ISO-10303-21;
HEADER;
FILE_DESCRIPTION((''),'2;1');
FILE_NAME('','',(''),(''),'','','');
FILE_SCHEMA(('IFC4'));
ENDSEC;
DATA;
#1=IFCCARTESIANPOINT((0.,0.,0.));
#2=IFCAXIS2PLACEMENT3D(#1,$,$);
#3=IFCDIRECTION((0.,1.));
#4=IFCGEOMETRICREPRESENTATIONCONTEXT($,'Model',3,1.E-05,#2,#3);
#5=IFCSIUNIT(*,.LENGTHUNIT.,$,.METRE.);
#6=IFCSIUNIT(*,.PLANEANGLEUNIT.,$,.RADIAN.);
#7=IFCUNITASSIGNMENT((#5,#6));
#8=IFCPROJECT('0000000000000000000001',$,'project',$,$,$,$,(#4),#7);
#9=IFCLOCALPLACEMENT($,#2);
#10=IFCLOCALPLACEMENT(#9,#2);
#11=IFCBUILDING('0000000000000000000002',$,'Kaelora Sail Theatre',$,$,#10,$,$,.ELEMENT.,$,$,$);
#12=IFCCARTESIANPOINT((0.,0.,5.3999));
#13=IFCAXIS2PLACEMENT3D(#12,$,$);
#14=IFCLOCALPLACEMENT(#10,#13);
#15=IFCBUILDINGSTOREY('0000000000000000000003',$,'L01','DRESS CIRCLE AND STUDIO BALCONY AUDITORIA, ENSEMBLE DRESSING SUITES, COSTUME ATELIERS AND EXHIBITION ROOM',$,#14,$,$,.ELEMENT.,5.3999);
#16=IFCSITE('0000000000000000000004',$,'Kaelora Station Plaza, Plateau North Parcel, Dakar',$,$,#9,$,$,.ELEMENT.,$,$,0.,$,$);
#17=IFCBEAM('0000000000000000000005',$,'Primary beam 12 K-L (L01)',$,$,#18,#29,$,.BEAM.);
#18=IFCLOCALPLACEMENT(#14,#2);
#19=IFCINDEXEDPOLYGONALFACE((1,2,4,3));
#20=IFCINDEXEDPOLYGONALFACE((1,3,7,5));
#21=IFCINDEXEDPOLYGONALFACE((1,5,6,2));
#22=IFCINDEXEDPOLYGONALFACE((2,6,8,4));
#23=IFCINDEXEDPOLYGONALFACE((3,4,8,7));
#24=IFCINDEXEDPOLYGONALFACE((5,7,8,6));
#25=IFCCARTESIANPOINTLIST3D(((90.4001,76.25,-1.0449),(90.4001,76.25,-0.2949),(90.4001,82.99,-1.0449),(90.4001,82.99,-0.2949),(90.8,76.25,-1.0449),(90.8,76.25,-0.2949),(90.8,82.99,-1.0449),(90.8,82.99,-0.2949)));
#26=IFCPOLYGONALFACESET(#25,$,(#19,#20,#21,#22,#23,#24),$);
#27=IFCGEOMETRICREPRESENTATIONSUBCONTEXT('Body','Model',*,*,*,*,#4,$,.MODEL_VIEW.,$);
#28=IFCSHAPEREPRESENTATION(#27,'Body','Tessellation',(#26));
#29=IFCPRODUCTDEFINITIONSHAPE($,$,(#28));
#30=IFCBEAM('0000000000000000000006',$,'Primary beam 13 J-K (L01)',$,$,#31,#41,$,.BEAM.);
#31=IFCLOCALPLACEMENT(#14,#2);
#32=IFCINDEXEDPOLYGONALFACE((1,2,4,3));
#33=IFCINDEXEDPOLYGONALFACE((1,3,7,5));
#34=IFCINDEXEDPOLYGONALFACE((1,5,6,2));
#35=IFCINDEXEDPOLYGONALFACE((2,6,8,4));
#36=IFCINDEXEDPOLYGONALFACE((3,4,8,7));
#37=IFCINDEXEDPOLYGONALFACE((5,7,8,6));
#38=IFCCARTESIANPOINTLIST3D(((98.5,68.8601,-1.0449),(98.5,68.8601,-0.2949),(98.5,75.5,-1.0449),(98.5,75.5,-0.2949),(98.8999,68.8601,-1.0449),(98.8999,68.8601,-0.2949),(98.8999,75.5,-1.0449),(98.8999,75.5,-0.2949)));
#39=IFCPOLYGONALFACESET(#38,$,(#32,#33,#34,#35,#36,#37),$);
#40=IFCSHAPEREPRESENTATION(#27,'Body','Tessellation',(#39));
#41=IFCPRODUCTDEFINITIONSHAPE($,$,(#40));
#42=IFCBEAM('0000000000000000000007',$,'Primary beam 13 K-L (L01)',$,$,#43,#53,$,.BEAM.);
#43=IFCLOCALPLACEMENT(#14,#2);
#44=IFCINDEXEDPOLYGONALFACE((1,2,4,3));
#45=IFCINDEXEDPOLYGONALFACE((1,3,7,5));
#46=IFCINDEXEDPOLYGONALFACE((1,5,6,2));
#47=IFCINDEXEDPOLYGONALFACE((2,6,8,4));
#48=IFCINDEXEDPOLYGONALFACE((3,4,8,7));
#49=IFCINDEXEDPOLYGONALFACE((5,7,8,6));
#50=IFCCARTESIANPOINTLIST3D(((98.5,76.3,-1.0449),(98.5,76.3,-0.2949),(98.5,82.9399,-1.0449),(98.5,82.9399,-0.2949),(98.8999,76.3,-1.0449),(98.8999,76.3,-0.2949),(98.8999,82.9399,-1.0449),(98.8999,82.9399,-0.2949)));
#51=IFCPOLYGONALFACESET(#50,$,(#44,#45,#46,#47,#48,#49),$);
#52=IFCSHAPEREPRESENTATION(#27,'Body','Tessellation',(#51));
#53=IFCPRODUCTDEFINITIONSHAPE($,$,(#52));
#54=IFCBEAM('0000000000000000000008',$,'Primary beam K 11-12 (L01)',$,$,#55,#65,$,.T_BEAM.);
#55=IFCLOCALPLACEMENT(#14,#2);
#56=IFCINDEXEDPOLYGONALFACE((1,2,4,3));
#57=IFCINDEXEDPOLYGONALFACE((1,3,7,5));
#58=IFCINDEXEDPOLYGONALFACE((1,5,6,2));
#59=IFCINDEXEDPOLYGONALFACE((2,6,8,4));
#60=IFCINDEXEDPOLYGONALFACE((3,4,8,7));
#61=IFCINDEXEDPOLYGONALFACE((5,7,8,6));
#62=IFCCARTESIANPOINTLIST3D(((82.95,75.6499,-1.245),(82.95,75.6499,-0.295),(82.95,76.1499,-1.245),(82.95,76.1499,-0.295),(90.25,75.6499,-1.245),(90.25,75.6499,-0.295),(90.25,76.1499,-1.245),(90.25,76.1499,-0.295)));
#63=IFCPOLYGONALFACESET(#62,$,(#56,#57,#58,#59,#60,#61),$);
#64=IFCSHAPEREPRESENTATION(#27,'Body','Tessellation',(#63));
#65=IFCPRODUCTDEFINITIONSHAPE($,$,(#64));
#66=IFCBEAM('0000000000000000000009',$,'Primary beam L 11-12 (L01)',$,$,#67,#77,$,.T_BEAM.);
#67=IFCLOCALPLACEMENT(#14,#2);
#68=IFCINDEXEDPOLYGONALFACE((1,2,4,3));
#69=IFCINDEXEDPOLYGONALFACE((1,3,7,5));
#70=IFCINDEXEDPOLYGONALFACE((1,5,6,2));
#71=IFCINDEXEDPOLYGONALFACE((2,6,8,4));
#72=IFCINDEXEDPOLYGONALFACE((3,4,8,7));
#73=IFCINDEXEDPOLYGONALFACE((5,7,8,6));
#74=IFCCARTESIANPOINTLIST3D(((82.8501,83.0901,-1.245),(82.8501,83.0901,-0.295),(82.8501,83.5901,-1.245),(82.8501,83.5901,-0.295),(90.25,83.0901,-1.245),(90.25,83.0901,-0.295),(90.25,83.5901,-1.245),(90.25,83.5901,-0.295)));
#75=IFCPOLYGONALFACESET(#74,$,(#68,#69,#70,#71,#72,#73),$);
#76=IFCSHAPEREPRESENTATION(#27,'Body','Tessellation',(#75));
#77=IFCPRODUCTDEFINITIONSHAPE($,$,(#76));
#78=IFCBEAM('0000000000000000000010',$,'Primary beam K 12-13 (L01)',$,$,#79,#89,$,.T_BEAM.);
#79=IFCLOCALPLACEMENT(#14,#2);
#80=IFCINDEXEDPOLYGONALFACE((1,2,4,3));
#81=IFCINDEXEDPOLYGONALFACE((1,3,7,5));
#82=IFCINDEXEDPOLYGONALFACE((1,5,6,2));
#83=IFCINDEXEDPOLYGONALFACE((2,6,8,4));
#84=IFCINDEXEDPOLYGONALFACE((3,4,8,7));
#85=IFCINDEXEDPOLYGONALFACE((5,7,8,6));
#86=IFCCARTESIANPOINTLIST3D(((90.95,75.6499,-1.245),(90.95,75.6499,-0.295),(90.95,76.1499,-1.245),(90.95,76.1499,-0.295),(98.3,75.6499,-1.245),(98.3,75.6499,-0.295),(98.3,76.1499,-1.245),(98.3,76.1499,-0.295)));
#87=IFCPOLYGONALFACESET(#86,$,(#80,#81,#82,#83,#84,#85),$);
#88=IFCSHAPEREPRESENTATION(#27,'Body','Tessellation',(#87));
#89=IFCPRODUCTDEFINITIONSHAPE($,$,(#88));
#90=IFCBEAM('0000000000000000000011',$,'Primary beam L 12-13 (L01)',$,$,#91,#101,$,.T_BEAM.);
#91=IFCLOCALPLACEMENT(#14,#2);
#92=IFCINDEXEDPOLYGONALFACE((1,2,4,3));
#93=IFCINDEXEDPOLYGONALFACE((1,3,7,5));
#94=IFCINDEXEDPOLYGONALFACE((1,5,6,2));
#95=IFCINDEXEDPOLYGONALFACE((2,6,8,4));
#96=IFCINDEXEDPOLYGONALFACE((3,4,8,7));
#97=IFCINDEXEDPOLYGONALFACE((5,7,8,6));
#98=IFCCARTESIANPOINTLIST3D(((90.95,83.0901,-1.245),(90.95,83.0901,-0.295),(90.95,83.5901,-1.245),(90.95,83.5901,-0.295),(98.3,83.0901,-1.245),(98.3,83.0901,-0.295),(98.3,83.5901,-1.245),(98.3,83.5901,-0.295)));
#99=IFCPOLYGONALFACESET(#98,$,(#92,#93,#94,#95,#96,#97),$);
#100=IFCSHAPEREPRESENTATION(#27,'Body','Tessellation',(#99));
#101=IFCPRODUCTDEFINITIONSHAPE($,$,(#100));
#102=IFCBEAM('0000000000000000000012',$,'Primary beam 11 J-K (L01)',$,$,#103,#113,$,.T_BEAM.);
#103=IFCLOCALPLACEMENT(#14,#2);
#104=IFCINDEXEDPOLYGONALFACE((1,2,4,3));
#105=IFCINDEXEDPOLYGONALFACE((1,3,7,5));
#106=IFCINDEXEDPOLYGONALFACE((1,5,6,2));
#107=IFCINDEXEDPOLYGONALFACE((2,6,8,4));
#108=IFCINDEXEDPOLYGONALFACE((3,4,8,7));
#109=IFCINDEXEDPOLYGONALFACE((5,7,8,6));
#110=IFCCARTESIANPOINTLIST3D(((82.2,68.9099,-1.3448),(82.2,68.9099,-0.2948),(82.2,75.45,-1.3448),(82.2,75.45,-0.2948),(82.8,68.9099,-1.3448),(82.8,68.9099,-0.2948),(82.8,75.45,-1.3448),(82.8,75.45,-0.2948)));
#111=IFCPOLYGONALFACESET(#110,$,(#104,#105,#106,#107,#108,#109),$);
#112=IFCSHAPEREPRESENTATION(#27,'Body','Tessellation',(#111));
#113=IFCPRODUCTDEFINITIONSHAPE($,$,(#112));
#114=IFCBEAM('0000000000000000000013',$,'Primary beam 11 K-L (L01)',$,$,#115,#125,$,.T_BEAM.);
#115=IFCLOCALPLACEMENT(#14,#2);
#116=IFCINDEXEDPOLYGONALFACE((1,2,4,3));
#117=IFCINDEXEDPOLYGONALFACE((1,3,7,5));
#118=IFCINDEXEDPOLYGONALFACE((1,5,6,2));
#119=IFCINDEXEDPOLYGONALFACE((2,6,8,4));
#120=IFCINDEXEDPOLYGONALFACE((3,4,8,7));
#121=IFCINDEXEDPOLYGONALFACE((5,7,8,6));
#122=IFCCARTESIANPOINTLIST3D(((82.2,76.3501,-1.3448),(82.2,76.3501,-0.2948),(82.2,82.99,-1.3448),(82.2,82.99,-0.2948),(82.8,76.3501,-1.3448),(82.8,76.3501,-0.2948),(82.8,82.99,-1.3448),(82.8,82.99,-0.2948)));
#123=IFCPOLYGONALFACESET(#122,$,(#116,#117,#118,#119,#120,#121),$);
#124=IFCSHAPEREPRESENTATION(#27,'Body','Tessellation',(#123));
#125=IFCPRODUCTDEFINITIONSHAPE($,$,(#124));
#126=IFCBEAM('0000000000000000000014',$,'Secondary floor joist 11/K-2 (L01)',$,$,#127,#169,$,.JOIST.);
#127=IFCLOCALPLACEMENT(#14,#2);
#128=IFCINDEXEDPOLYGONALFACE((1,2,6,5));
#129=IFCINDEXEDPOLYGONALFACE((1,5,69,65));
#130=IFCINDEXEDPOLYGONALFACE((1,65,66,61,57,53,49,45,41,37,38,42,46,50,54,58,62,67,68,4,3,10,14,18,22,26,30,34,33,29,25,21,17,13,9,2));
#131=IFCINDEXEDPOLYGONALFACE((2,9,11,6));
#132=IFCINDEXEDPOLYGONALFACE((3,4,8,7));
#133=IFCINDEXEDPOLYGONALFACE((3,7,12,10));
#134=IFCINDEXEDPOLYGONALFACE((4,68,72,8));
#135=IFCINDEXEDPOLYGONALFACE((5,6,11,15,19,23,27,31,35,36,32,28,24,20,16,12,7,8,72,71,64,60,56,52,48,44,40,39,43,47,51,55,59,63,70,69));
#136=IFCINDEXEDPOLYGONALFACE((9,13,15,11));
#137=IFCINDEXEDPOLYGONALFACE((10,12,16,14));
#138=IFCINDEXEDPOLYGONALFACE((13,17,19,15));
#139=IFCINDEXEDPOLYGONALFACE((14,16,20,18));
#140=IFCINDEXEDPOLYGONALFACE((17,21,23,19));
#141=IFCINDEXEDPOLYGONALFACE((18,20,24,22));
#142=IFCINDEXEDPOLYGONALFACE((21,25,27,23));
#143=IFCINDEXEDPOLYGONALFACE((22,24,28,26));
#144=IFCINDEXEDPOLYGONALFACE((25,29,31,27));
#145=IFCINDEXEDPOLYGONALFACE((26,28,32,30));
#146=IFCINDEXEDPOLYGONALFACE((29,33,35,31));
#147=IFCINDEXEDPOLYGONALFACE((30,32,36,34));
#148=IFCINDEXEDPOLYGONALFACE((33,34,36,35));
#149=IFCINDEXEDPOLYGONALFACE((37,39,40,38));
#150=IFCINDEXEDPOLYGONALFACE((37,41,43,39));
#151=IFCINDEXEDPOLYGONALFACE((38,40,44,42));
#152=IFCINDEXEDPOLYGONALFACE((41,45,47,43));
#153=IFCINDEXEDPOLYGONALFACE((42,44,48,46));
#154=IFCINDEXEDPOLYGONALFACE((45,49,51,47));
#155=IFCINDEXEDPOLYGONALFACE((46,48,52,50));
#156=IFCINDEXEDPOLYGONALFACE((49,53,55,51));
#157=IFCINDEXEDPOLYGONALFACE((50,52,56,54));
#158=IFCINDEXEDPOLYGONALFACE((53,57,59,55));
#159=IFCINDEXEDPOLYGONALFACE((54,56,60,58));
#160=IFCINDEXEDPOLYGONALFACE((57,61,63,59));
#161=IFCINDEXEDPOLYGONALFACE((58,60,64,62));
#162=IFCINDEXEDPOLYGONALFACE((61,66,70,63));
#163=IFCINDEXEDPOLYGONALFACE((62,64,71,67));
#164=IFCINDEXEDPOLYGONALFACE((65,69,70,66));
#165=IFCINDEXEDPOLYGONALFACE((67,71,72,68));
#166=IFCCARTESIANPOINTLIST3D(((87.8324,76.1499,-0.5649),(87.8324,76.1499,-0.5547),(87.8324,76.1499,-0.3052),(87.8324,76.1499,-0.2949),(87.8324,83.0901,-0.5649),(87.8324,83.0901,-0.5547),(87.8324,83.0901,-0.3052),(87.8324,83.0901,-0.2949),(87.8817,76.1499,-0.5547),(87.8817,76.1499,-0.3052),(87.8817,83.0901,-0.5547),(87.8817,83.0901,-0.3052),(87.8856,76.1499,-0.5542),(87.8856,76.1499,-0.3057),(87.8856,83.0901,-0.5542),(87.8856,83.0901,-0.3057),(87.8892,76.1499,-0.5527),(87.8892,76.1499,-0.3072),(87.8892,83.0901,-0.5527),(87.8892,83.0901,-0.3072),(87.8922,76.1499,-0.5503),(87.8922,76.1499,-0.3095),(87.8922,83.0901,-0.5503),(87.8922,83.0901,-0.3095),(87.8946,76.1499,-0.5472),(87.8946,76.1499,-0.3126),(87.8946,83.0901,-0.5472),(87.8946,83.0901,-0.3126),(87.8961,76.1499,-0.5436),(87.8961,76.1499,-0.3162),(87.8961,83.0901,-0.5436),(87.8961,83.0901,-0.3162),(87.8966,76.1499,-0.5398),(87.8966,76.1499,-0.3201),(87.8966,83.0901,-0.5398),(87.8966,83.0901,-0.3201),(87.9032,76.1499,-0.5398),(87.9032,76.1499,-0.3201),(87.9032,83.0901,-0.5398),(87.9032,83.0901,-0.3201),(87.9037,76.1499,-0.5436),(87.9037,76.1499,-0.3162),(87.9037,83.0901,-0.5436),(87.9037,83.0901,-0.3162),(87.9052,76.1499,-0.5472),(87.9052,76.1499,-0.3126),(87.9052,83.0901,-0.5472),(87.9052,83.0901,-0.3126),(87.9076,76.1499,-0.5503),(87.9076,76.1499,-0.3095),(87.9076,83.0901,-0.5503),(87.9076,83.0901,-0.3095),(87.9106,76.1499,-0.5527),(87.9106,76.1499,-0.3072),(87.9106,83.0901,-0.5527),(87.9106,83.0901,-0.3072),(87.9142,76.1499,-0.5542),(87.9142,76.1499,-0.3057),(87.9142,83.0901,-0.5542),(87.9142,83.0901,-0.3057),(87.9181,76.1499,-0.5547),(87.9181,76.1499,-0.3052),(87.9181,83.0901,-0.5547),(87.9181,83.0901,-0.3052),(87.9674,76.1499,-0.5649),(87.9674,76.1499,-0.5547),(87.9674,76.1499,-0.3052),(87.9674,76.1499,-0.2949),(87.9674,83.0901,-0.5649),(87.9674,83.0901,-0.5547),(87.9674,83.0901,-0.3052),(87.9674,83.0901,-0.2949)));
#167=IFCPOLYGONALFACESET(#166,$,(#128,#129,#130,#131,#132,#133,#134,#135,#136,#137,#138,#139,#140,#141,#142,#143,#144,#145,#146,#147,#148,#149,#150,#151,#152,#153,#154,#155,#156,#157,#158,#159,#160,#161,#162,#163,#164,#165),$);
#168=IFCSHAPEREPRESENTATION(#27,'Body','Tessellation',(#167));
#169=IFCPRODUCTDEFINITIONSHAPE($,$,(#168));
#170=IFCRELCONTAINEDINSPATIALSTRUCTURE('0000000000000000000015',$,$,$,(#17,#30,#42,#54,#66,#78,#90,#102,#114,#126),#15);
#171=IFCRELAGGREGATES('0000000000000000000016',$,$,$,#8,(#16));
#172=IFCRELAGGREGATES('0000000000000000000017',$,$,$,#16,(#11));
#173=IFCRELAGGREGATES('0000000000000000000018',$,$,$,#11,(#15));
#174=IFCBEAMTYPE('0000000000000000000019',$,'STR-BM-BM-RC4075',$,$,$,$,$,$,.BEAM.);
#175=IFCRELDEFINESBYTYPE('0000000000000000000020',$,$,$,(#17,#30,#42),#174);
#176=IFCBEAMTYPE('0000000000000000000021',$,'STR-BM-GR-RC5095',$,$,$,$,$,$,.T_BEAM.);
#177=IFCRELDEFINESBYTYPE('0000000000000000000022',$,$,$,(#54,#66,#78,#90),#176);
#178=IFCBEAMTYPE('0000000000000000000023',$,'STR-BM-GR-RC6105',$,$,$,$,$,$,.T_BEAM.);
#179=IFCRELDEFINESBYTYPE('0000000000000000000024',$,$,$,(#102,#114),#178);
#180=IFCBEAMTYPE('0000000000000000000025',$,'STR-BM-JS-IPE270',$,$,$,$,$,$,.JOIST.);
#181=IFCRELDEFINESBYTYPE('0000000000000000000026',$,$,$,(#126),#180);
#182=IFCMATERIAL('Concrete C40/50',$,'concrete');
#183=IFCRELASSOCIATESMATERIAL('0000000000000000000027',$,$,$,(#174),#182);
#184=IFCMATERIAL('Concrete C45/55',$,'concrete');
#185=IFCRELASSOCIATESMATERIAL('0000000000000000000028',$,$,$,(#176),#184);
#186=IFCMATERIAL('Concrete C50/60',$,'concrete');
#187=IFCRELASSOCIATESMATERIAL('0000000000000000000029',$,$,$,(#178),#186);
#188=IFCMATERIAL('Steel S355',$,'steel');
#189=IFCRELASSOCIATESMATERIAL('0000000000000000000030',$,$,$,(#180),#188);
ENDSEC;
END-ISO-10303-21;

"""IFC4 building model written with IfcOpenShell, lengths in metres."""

from ifc_helpers import new_model, si_unit, direction, frame, origin, origin_2d, place, context, subcontext, project, spatial, rectangle, i_section, extrude, material, material_profile, profile_set, type_object, element, save


model = new_model("IFC4")

# Units and contexts
model_context = context("Model", 3, precision=1e-05, world=origin(), true_north=direction((0.0, 1.0)))
body_context = subcontext(model_context, "Body", "Model", "MODEL_VIEW")
ifc_project = project(units=[si_unit("LENGTHUNIT", "METRE"), si_unit("PLANEANGLEUNIT", "RADIAN")], contexts=[model_context])

# Site, building, storey
site_placement = place(None, origin())
site = spatial("IfcSite", under=ifc_project, at=site_placement, Name="Kaelora Station Plaza, Plateau North Parcel, Dakar", CompositionType="ELEMENT", RefElevation=0.0)
building_placement = place(site_placement, origin())
building = spatial("IfcBuilding", under=site, at=building_placement, Name="Kaelora Sail Theatre", CompositionType="ELEMENT")
storey_placement = place(building_placement, frame((0.0, 0.0, 5.3999)))
storey = spatial("IfcBuildingStorey", under=building, at=storey_placement, Name="L01", Description="DRESS CIRCLE AND STUDIO BALCONY AUDITORIA, ENSEMBLE DRESSING SUITES, COSTUME ATELIERS AND EXHIBITION ROOM", CompositionType="ELEMENT", Elevation=5.3999)

# Beams
ifc_material_1 = material(Name="Concrete C40/50", Category="concrete")
ifc_material_profile_1 = material_profile(ifc_material_1, rectangle(XDim=0.3999, YDim=0.75, at=origin_2d()), Name="RC-BM 400x750")
ifc_profile_set_1 = profile_set([ifc_material_profile_1], Name="Concrete C40/50")
beam_type_1 = type_object("IfcBeamType", Name="STR-BM-BM-RC4075", PredefinedType="BEAM", material=ifc_profile_set_1)
for number, where, z_axis, x_axis, name in (
    (1, (90.6001, 76.25, -0.6699), (0.0, 1.0, 0.0), (-1.0, 0.0, 0.0), "Primary beam 12 K-L (L01)"),
):
    element("IfcBeam", number, at=place(storey_placement, frame(where, z_axis=z_axis, x_axis=x_axis)), inside=storey, type_object=beam_type_1, Name=name, PredefinedType="BEAM", context=body_context, shape_type="SweptSolid", body=[
        extrude(rectangle(XDim=0.3999, YDim=0.75, at=origin_2d()), origin(), (0.0, 0.0, 1.0), 6.74),
    ])
for number, where, z_axis, x_axis, name in (
    (2, (98.7, 68.8601, -0.6699), (0.0, 1.0, 0.0), (-1.0, 0.0, 0.0), "Primary beam 13 J-K (L01)"),
    (3, (98.7, 76.3, -0.6699), (0.0, 1.0, 0.0), (-1.0, 0.0, 0.0), "Primary beam 13 K-L (L01)"),
):
    element("IfcBeam", number, at=place(storey_placement, frame(where, z_axis=z_axis, x_axis=x_axis)), inside=storey, type_object=beam_type_1, Name=name, PredefinedType="BEAM", context=body_context, shape_type="SweptSolid", body=[
        extrude(rectangle(XDim=0.3999, YDim=0.75, at=origin_2d()), origin(), (0.0, 0.0, 1.0), 6.6399),
    ])
ifc_material_2 = material(Name="Concrete C45/55", Category="concrete")
ifc_material_profile_2 = material_profile(ifc_material_2, rectangle(XDim=0.5, YDim=0.95, at=origin_2d()), Name="RC-GRD 500x950")
ifc_profile_set_2 = profile_set([ifc_material_profile_2], Name="Concrete C45/55")
beam_type_2 = type_object("IfcBeamType", Name="STR-BM-GR-RC5095", PredefinedType="T_BEAM", material=ifc_profile_set_2)
beam_1_placement = place(storey_placement, frame((82.95, 75.8999, -0.77), z_axis=(1.0, 0.0, 0.0), x_axis=(0.0, 1.0, 0.0)))
element("IfcBeam", 4, at=beam_1_placement, inside=storey, type_object=beam_type_2, Name="Primary beam K 11-12 (L01)", PredefinedType="T_BEAM", context=body_context, shape_type="SweptSolid", body=[
    extrude(rectangle(XDim=0.5, YDim=0.95, at=origin_2d()), origin(), (0.0, 0.0, 1.0), 7.3),
])
beam_2_placement = place(storey_placement, frame((82.8501, 83.3401, -0.77), z_axis=(1.0, 0.0, 0.0), x_axis=(0.0, 1.0, 0.0)))
element("IfcBeam", 5, at=beam_2_placement, inside=storey, type_object=beam_type_2, Name="Primary beam L 11-12 (L01)", PredefinedType="T_BEAM", context=body_context, shape_type="SweptSolid", body=[
    extrude(rectangle(XDim=0.5, YDim=0.95, at=origin_2d()), origin(), (0.0, 0.0, 1.0), 7.3999),
])
for number, where, z_axis, x_axis, name in (
    (6, (90.95, 75.8999, -0.77), (1.0, 0.0, 0.0), (0.0, 1.0, 0.0), "Primary beam K 12-13 (L01)"),
    (7, (90.95, 83.3401, -0.77), (1.0, 0.0, 0.0), (0.0, 1.0, 0.0), "Primary beam L 12-13 (L01)"),
):
    element("IfcBeam", number, at=place(storey_placement, frame(where, z_axis=z_axis, x_axis=x_axis)), inside=storey, type_object=beam_type_2, Name=name, PredefinedType="T_BEAM", context=body_context, shape_type="SweptSolid", body=[
        extrude(rectangle(XDim=0.5, YDim=0.95, at=origin_2d()), origin(), (0.0, 0.0, 1.0), 7.3501),
    ])
ifc_material_3 = material(Name="Concrete C50/60", Category="concrete")
ifc_material_profile_3 = material_profile(ifc_material_3, rectangle(XDim=0.6001, YDim=1.05, at=origin_2d()), Name="RC-GRD 600x1050")
ifc_profile_set_3 = profile_set([ifc_material_profile_3], Name="Concrete C50/60")
beam_type_3 = type_object("IfcBeamType", Name="STR-BM-GR-RC6105", PredefinedType="T_BEAM", material=ifc_profile_set_3)
beam_3_placement = place(storey_placement, frame((82.5, 68.9099, -0.8198), z_axis=(0.0, 1.0, 0.0), x_axis=(-1.0, 0.0, 0.0)))
element("IfcBeam", 8, at=beam_3_placement, inside=storey, type_object=beam_type_3, Name="Primary beam 11 J-K (L01)", PredefinedType="T_BEAM", context=body_context, shape_type="SweptSolid", body=[
    extrude(rectangle(XDim=0.6001, YDim=1.05, at=origin_2d()), origin(), (0.0, 0.0, 1.0), 6.54),
])
beam_4_placement = place(storey_placement, frame((82.5, 76.3501, -0.8198), z_axis=(0.0, 1.0, 0.0), x_axis=(-1.0, 0.0, 0.0)))
element("IfcBeam", 9, at=beam_4_placement, inside=storey, type_object=beam_type_3, Name="Primary beam 11 K-L (L01)", PredefinedType="T_BEAM", context=body_context, shape_type="SweptSolid", body=[
    extrude(rectangle(XDim=0.6001, YDim=1.05, at=origin_2d()), origin(), (0.0, 0.0, 1.0), 6.6399),
])
ifc_material_4 = material(Name="Steel S355", Category="steel")
ifc_material_profile_4 = material_profile(ifc_material_4, i_section(OverallWidth=0.135, OverallDepth=0.27, WebThickness=0.0066, FlangeThickness=0.0103, FilletRadius=0.0149, at=origin_2d()), Name="IPE 270")
ifc_profile_set_4 = profile_set([ifc_material_profile_4], Name="Steel S355")
beam_type_4 = type_object("IfcBeamType", Name="STR-BM-JS-IPE270", PredefinedType="JOIST", material=ifc_profile_set_4)
beam_5_placement = place(storey_placement, frame((87.8999, 76.1499, -0.4299), z_axis=(0.0, 1.0, 0.0), x_axis=(-1.0, 0.0, 0.0)))
element("IfcBeam", 10, at=beam_5_placement, inside=storey, type_object=beam_type_4, Name="Secondary floor joist 11/K-2 (L01)", PredefinedType="JOIST", context=body_context, shape_type="SweptSolid", body=[
    extrude(i_section(OverallWidth=0.135, OverallDepth=0.27, WebThickness=0.0066, FlangeThickness=0.0103, FilletRadius=0.0149, at=origin_2d()), origin(), (0.0, 0.0, 1.0), 6.9402),
])

save(model, "model.ifc")
